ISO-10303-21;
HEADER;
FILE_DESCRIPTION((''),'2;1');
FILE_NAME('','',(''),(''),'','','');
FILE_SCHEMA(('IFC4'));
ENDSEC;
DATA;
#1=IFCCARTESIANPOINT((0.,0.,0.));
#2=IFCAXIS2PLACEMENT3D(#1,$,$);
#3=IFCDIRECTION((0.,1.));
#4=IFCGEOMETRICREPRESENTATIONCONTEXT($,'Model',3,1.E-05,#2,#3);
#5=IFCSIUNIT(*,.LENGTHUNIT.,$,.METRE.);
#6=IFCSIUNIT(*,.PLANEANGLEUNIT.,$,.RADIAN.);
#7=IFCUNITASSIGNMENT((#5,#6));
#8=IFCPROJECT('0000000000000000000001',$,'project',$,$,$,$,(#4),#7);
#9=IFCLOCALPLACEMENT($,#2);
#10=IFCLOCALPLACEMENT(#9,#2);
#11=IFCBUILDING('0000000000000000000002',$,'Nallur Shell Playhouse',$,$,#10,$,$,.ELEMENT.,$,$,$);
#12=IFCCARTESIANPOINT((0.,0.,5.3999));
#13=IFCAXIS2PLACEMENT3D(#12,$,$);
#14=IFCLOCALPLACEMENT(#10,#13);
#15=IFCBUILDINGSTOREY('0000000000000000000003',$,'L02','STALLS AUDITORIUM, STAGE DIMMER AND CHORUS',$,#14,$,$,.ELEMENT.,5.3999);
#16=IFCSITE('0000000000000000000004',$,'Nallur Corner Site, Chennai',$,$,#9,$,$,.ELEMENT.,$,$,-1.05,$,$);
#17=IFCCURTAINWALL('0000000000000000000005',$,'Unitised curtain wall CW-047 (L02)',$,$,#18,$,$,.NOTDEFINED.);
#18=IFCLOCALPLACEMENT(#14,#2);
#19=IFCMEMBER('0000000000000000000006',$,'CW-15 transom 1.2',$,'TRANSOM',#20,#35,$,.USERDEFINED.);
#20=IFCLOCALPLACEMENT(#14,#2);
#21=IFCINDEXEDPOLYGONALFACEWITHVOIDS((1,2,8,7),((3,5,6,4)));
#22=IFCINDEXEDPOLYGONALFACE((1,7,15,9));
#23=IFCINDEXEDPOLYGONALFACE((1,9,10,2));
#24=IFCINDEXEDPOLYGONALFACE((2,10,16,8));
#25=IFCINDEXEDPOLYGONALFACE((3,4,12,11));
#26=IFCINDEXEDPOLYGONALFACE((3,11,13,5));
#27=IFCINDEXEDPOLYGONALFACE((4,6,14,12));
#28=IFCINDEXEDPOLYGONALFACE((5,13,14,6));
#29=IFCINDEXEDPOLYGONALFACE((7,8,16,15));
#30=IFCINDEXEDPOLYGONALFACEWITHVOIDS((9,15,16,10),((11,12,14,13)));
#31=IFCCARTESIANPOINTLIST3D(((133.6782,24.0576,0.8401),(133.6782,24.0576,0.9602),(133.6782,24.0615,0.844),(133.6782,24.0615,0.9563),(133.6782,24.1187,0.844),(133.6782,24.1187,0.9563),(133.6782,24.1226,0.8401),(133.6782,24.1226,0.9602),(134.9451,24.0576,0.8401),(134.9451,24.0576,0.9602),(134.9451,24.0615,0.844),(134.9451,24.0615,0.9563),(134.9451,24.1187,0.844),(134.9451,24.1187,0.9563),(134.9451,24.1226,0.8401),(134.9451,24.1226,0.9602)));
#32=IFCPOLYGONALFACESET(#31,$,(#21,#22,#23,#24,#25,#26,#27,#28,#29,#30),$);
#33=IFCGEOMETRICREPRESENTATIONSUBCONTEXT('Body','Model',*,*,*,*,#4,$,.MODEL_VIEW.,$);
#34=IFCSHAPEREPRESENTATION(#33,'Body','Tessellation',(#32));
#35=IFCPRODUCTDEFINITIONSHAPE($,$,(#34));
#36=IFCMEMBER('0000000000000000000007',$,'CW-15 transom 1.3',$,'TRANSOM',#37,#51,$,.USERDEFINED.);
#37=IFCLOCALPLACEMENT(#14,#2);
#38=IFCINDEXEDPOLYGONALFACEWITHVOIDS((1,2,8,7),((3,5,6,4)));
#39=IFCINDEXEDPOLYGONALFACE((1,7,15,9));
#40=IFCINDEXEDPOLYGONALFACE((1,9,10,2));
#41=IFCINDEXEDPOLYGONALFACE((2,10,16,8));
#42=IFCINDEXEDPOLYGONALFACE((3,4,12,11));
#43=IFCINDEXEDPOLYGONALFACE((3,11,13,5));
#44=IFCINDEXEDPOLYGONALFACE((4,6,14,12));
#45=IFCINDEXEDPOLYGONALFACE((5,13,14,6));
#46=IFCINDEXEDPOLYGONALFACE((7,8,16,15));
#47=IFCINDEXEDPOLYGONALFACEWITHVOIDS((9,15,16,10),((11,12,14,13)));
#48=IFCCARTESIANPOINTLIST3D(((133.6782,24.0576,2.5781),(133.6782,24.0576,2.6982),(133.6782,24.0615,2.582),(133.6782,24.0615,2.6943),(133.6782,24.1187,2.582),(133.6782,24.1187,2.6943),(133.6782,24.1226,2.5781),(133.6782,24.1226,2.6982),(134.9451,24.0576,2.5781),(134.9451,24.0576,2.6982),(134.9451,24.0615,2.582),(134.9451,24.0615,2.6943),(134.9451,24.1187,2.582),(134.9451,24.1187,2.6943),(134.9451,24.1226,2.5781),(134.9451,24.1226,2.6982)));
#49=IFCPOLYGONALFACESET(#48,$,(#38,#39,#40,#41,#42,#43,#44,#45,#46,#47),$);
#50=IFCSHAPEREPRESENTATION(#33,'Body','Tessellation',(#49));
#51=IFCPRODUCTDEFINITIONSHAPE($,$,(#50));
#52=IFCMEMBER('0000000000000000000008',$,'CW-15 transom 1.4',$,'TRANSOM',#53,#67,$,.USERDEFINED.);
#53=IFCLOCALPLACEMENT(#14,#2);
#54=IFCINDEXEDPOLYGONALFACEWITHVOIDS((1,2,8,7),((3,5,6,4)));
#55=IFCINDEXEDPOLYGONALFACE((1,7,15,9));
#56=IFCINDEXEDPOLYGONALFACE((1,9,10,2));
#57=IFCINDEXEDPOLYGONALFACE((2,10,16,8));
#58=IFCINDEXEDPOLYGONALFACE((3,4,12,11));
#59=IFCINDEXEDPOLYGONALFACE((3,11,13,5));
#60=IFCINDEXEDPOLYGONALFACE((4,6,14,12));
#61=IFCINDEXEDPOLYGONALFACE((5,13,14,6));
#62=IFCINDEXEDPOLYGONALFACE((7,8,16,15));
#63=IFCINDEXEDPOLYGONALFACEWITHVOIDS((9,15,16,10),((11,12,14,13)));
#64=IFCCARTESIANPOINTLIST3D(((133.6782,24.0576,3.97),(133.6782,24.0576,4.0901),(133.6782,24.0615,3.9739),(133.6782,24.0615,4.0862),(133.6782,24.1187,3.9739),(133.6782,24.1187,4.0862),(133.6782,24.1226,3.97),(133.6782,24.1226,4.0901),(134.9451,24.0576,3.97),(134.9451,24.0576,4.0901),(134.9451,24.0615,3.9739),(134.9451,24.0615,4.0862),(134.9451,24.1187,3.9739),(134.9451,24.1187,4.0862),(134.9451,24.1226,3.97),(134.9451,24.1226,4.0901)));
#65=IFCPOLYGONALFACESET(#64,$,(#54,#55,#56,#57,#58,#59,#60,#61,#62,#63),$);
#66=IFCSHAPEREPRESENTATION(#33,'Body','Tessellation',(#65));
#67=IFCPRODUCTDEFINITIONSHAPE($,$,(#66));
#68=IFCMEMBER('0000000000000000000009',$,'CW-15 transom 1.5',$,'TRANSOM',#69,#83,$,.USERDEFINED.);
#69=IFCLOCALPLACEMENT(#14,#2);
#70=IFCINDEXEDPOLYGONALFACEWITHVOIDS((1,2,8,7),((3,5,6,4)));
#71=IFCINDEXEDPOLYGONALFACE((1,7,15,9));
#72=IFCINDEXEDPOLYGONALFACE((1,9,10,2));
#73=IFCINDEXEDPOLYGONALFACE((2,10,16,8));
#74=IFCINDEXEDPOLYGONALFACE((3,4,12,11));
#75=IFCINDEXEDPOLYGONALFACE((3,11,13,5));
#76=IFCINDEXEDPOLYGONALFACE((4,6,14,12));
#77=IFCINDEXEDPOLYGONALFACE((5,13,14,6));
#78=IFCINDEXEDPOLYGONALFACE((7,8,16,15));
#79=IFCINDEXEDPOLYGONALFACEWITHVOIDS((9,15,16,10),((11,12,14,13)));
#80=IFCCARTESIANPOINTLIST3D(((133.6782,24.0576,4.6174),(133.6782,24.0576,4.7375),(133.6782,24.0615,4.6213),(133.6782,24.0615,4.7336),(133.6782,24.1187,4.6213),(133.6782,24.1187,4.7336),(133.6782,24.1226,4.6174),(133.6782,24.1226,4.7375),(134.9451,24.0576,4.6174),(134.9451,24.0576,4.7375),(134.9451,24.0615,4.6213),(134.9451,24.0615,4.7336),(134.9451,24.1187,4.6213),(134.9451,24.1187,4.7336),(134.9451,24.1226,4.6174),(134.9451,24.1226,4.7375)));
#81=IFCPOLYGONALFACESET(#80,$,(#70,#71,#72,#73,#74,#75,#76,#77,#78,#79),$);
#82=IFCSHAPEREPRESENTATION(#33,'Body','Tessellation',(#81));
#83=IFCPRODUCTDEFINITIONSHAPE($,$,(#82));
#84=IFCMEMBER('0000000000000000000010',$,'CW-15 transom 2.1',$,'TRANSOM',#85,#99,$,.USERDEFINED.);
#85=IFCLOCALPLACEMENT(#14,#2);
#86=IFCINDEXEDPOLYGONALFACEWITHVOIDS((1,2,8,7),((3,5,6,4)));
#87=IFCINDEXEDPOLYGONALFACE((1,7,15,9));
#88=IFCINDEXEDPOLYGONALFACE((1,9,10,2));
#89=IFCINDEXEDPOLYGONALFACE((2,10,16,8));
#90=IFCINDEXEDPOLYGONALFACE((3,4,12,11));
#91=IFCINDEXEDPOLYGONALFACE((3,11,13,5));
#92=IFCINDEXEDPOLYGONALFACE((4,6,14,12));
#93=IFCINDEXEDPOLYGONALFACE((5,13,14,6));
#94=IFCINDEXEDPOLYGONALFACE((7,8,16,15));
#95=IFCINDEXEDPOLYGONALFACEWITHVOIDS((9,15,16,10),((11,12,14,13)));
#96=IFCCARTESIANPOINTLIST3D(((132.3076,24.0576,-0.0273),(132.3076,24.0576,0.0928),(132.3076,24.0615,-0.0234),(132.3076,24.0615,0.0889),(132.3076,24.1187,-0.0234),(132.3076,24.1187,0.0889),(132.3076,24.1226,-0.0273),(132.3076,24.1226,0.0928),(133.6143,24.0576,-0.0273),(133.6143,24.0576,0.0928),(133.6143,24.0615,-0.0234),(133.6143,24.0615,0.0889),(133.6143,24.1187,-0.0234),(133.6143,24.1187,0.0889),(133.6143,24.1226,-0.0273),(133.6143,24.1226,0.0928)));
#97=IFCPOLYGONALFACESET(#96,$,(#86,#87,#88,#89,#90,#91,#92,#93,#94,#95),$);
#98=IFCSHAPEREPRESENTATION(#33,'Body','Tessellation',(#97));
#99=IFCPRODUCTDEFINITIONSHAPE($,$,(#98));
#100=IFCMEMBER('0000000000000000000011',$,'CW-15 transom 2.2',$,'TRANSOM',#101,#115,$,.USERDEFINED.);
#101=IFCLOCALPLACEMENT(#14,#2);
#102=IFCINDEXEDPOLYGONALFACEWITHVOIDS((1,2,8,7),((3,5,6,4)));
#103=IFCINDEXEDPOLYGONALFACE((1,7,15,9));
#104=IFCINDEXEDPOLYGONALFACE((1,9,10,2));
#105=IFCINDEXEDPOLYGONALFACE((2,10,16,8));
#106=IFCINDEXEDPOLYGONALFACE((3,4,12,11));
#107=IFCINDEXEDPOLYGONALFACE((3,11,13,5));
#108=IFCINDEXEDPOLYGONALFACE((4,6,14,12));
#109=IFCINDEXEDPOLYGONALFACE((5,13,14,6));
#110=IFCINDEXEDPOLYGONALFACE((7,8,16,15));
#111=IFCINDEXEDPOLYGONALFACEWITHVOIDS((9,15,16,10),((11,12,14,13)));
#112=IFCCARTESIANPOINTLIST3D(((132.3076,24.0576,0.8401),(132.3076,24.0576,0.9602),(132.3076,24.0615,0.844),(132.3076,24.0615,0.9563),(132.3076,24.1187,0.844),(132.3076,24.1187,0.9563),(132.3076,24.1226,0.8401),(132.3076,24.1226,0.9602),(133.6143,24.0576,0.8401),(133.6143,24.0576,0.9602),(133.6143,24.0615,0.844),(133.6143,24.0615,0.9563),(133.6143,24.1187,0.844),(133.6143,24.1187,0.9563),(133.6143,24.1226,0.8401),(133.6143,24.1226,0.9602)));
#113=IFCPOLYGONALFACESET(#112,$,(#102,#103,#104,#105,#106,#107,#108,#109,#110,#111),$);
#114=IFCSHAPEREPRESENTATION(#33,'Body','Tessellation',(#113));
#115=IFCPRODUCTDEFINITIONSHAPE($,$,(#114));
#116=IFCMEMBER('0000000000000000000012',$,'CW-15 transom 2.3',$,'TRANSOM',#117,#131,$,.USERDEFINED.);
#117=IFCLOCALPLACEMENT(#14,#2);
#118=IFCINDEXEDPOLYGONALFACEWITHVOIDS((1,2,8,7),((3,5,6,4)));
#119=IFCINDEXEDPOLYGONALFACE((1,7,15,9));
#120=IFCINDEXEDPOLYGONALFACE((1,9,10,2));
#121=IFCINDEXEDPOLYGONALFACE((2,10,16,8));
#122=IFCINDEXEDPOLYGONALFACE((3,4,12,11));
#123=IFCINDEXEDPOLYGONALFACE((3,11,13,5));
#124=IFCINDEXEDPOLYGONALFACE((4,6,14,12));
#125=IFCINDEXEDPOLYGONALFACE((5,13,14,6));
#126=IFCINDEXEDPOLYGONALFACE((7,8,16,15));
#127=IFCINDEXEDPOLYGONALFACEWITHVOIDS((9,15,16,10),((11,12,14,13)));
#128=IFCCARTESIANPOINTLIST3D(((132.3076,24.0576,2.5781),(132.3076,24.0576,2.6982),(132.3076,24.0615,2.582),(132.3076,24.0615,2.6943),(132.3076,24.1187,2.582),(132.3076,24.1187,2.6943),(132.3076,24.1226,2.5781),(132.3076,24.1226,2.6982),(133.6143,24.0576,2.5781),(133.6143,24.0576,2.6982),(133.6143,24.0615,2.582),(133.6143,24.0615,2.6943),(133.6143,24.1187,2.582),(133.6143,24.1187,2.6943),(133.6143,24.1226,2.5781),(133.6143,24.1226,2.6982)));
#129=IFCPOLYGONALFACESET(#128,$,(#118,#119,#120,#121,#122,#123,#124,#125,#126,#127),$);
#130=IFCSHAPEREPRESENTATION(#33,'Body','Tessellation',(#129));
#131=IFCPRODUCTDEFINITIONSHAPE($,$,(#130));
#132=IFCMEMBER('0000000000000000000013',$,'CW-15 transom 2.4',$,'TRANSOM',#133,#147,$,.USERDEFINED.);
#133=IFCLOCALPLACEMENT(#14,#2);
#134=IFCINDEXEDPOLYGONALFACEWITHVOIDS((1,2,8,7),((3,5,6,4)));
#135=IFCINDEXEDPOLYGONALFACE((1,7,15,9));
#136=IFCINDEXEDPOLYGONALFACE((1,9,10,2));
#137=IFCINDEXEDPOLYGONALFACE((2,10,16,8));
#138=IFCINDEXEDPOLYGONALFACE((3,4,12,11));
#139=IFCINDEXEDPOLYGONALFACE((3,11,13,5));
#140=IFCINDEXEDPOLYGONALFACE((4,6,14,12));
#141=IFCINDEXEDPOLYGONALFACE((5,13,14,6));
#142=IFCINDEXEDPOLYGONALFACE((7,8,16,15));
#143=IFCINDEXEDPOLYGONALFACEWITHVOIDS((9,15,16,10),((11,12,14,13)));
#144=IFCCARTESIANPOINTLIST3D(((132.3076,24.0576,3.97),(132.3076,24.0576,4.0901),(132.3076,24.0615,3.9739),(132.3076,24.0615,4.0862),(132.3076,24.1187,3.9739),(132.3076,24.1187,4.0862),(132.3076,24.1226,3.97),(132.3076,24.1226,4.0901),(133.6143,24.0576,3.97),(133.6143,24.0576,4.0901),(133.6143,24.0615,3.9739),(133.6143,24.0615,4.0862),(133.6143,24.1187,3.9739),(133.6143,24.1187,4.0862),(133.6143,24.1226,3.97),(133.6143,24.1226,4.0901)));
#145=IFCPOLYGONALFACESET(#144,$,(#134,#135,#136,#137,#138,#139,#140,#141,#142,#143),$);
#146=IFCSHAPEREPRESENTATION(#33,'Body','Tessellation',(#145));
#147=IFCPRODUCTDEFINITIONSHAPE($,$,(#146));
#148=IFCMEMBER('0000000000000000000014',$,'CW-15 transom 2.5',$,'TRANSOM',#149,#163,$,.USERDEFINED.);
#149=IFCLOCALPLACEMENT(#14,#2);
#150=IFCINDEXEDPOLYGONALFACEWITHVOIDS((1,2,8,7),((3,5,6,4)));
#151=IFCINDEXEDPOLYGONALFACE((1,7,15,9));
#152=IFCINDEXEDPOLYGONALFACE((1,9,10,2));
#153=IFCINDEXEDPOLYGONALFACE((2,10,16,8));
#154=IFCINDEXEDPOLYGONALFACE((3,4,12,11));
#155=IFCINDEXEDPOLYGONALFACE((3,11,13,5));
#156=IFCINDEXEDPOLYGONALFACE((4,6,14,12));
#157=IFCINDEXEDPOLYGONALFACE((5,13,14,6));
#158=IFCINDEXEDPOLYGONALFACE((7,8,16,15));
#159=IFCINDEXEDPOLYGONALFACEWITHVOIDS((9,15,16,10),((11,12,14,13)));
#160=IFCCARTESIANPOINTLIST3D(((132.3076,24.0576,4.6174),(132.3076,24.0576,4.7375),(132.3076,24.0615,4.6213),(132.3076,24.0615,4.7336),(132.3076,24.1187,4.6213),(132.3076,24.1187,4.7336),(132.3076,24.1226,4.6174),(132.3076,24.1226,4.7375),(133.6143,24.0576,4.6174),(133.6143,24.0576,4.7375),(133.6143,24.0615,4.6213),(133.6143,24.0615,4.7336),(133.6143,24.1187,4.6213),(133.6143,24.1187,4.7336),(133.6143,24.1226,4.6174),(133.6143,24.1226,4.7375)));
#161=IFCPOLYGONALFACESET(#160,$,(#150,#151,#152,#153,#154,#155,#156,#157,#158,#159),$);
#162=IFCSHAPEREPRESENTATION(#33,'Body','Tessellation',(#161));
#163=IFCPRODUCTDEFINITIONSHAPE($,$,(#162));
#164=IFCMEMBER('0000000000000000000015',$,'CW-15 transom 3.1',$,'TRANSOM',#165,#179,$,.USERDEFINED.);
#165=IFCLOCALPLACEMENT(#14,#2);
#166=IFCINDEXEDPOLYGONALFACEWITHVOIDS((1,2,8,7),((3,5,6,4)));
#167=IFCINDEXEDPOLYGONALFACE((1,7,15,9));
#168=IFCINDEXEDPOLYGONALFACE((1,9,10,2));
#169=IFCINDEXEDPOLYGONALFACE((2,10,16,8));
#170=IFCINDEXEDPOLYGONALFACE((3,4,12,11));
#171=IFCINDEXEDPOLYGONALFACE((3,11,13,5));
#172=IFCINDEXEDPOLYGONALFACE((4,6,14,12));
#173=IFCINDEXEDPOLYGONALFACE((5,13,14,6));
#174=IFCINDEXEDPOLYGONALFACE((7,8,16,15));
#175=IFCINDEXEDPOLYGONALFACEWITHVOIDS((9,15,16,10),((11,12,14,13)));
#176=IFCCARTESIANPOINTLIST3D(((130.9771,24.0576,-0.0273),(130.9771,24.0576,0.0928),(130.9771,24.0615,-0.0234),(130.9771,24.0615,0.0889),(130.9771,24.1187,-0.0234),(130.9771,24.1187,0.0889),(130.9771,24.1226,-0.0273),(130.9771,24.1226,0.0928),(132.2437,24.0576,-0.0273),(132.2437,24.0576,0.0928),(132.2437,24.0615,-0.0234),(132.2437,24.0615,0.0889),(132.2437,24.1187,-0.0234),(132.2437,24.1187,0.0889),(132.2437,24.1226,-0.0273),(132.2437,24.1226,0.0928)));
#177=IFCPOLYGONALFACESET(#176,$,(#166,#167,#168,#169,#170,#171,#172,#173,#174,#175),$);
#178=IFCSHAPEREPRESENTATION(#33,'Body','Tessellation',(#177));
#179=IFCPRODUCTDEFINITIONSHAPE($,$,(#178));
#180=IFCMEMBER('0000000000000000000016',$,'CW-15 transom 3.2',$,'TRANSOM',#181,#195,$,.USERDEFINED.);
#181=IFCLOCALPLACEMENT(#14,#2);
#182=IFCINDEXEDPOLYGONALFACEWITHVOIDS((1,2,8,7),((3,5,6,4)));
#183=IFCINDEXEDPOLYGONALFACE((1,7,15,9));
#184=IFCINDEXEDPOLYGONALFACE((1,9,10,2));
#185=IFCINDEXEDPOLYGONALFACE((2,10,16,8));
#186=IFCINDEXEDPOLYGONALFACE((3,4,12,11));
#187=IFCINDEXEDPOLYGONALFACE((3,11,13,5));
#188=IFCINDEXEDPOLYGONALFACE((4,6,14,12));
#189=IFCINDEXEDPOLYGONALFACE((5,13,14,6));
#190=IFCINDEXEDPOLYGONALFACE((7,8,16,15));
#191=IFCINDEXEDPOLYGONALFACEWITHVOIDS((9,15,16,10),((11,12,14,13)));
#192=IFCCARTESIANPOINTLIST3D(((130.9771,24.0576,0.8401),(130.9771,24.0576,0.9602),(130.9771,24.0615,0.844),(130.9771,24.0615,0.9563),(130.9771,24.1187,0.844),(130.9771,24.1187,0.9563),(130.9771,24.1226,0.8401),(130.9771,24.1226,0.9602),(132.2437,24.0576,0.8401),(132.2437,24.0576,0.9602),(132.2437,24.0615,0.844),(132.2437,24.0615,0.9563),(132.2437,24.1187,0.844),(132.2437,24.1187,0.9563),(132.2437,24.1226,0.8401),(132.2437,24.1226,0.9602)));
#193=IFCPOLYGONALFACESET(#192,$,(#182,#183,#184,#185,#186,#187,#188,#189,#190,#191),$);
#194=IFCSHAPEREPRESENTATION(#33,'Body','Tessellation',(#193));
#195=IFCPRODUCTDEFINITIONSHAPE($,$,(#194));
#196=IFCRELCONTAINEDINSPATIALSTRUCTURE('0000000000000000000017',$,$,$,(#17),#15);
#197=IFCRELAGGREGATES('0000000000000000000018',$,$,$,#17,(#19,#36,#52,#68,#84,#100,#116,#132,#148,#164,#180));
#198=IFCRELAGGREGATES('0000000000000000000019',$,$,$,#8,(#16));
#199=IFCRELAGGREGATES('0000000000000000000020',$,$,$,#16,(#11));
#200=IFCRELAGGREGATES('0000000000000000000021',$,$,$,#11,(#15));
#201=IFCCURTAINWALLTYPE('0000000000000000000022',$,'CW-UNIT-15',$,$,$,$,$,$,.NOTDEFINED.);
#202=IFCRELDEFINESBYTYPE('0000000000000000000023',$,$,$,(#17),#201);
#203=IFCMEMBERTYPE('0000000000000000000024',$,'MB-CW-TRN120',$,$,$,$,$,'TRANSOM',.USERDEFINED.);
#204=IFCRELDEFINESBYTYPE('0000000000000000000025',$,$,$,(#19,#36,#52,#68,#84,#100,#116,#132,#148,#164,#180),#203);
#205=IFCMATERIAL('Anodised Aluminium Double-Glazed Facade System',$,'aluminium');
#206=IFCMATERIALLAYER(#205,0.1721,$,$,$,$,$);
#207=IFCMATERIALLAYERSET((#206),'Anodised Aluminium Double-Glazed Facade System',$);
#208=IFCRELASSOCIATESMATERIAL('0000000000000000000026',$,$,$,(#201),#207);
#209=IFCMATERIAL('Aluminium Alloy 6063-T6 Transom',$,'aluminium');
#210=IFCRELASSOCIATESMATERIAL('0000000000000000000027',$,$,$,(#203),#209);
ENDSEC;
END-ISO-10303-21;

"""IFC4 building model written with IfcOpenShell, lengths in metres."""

from ifc_helpers import new_model, si_unit, direction, frame, origin, origin_2d, place, context, subcontext, project, spatial, hollow_rectangle, extrude, material, layer, layer_set, material_profile, profile_set, type_object, element, aggregate, save


model = new_model("IFC4")

# Units and contexts
model_context = context("Model", 3, precision=1e-05, world=origin(), true_north=direction((0.0, 1.0)))
body_context = subcontext(model_context, "Body", "Model", "MODEL_VIEW")
ifc_project = project(units=[si_unit("LENGTHUNIT", "METRE"), si_unit("PLANEANGLEUNIT", "RADIAN")], contexts=[model_context])

# Site, building, storey
site_placement = place(None, origin())
site = spatial("IfcSite", under=ifc_project, at=site_placement, Name="Nallur Corner Site, Chennai", CompositionType="ELEMENT", RefElevation=-1.05)
building_placement = place(site_placement, origin())
building = spatial("IfcBuilding", under=site, at=building_placement, Name="Nallur Shell Playhouse", CompositionType="ELEMENT")
storey_placement = place(building_placement, frame((0.0, 0.0, 5.3999)))
storey = spatial("IfcBuildingStorey", under=building, at=storey_placement, Name="L02", Description="STALLS AUDITORIUM, STAGE DIMMER AND CHORUS", CompositionType="ELEMENT", Elevation=5.3999)

# Curtain wall
ifc_material_1 = material(Name="Anodised Aluminium Double-Glazed Facade System", Category="aluminium")
ifc_layer_1 = layer(ifc_material_1, 0.1721)
ifc_layer_set_1 = layer_set([ifc_layer_1], Name="Anodised Aluminium Double-Glazed Facade System")
curtain_wall_type_1 = type_object("IfcCurtainWallType", Name="CW-UNIT-15", PredefinedType="NOTDEFINED", material=ifc_layer_set_1)
curtain_wall_1_placement = place(storey_placement, origin())
curtain_wall_1 = element("IfcCurtainWall", 1, at=curtain_wall_1_placement, inside=storey, type_object=curtain_wall_type_1, Name="Unitised curtain wall CW-047 (L02)", PredefinedType="NOTDEFINED")

# Members
ifc_material_2 = material(Name="Aluminium Alloy 6063-T6 Transom", Category="aluminium")
ifc_material_profile_1 = material_profile(ifc_material_2, hollow_rectangle(XDim=0.0649, YDim=0.1201, WallThickness=0.0039, at=origin_2d()), Name="ALU 65x120x4")
ifc_profile_set_1 = profile_set([ifc_material_profile_1], Name="Aluminium Alloy 6063-T6 Transom")
member_type_1 = type_object("IfcMemberType", Name="MB-CW-TRN120", ElementType="TRANSOM", PredefinedType="USERDEFINED", material=ifc_profile_set_1)
member_1_placement = place(storey_placement, frame((134.9451, 24.0901, 0.9001), z_axis=(-1.0, 0.0, 0.0), x_axis=(0.0, -1.0, 0.0)))
member_1 = element("IfcMember", 2, at=member_1_placement, type_object=member_type_1, Name="CW-15 transom 1.2", ObjectType="TRANSOM", PredefinedType="USERDEFINED", context=body_context, shape_type="SweptSolid", body=[
    extrude(hollow_rectangle(XDim=0.0649, YDim=0.1201, WallThickness=0.0039, at=origin_2d()), origin(), (0.0, 0.0, 1.0), 1.2668),
])
member_2_placement = place(storey_placement, frame((134.9451, 24.0901, 2.6382), z_axis=(-1.0, 0.0, 0.0), x_axis=(0.0, -1.0, 0.0)))
member_2 = element("IfcMember", 3, at=member_2_placement, type_object=member_type_1, Name="CW-15 transom 1.3", ObjectType="TRANSOM", PredefinedType="USERDEFINED", context=body_context, shape_type="SweptSolid", body=[
    extrude(hollow_rectangle(XDim=0.0649, YDim=0.1201, WallThickness=0.0039, at=origin_2d()), origin(), (0.0, 0.0, 1.0), 1.2668),
])
member_3_placement = place(storey_placement, frame((134.9451, 24.0901, 4.03), z_axis=(-1.0, 0.0, 0.0), x_axis=(0.0, -1.0, 0.0)))
member_3 = element("IfcMember", 4, at=member_3_placement, type_object=member_type_1, Name="CW-15 transom 1.4", ObjectType="TRANSOM", PredefinedType="USERDEFINED", context=body_context, shape_type="SweptSolid", body=[
    extrude(hollow_rectangle(XDim=0.0649, YDim=0.1201, WallThickness=0.0039, at=origin_2d()), origin(), (0.0, 0.0, 1.0), 1.2668),
])
member_4_placement = place(storey_placement, frame((134.9451, 24.0901, 4.6775), z_axis=(-1.0, 0.0, 0.0), x_axis=(0.0, -1.0, 0.0)))
member_4 = element("IfcMember", 5, at=member_4_placement, type_object=member_type_1, Name="CW-15 transom 1.5", ObjectType="TRANSOM", PredefinedType="USERDEFINED", context=body_context, shape_type="SweptSolid", body=[
    extrude(hollow_rectangle(XDim=0.0649, YDim=0.1201, WallThickness=0.0039, at=origin_2d()), origin(), (0.0, 0.0, 1.0), 1.2668),
])
member_5_placement = place(storey_placement, frame((133.6143, 24.0901, 0.0327), z_axis=(-1.0, 0.0, 0.0), x_axis=(0.0, -1.0, 0.0)))
member_5 = element("IfcMember", 6, at=member_5_placement, type_object=member_type_1, Name="CW-15 transom 2.1", ObjectType="TRANSOM", PredefinedType="USERDEFINED", context=body_context, shape_type="SweptSolid", body=[
    extrude(hollow_rectangle(XDim=0.0649, YDim=0.1201, WallThickness=0.0039, at=origin_2d()), origin(), (0.0, 0.0, 1.0), 1.3066),
])
member_6_placement = place(storey_placement, frame((133.6143, 24.0901, 0.9001), z_axis=(-1.0, 0.0, 0.0), x_axis=(0.0, -1.0, 0.0)))
member_6 = element("IfcMember", 7, at=member_6_placement, type_object=member_type_1, Name="CW-15 transom 2.2", ObjectType="TRANSOM", PredefinedType="USERDEFINED", context=body_context, shape_type="SweptSolid", body=[
    extrude(hollow_rectangle(XDim=0.0649, YDim=0.1201, WallThickness=0.0039, at=origin_2d()), origin(), (0.0, 0.0, 1.0), 1.3066),
])
member_7_placement = place(storey_placement, frame((133.6143, 24.0901, 2.6382), z_axis=(-1.0, 0.0, 0.0), x_axis=(0.0, -1.0, 0.0)))
member_7 = element("IfcMember", 8, at=member_7_placement, type_object=member_type_1, Name="CW-15 transom 2.3", ObjectType="TRANSOM", PredefinedType="USERDEFINED", context=body_context, shape_type="SweptSolid", body=[
    extrude(hollow_rectangle(XDim=0.0649, YDim=0.1201, WallThickness=0.0039, at=origin_2d()), origin(), (0.0, 0.0, 1.0), 1.3066),
])
member_8_placement = place(storey_placement, frame((133.6143, 24.0901, 4.03), z_axis=(-1.0, 0.0, 0.0), x_axis=(0.0, -1.0, 0.0)))
member_8 = element("IfcMember", 9, at=member_8_placement, type_object=member_type_1, Name="CW-15 transom 2.4", ObjectType="TRANSOM", PredefinedType="USERDEFINED", context=body_context, shape_type="SweptSolid", body=[
    extrude(hollow_rectangle(XDim=0.0649, YDim=0.1201, WallThickness=0.0039, at=origin_2d()), origin(), (0.0, 0.0, 1.0), 1.3066),
])
member_9_placement = place(storey_placement, frame((133.6143, 24.0901, 4.6775), z_axis=(-1.0, 0.0, 0.0), x_axis=(0.0, -1.0, 0.0)))
member_9 = element("IfcMember", 10, at=member_9_placement, type_object=member_type_1, Name="CW-15 transom 2.5", ObjectType="TRANSOM", PredefinedType="USERDEFINED", context=body_context, shape_type="SweptSolid", body=[
    extrude(hollow_rectangle(XDim=0.0649, YDim=0.1201, WallThickness=0.0039, at=origin_2d()), origin(), (0.0, 0.0, 1.0), 1.3066),
])
member_10_placement = place(storey_placement, frame((132.2437, 24.0901, 0.0327), z_axis=(-1.0, 0.0, 0.0), x_axis=(0.0, -1.0, 0.0)))
member_10 = element("IfcMember", 11, at=member_10_placement, type_object=member_type_1, Name="CW-15 transom 3.1", ObjectType="TRANSOM", PredefinedType="USERDEFINED", context=body_context, shape_type="SweptSolid", body=[
    extrude(hollow_rectangle(XDim=0.0649, YDim=0.1201, WallThickness=0.0039, at=origin_2d()), origin(), (0.0, 0.0, 1.0), 1.2666),
])
member_11_placement = place(storey_placement, frame((132.2437, 24.0901, 0.9001), z_axis=(-1.0, 0.0, 0.0), x_axis=(0.0, -1.0, 0.0)))
member_11 = element("IfcMember", 12, at=member_11_placement, type_object=member_type_1, Name="CW-15 transom 3.2", ObjectType="TRANSOM", PredefinedType="USERDEFINED", context=body_context, shape_type="SweptSolid", body=[
    extrude(hollow_rectangle(XDim=0.0649, YDim=0.1201, WallThickness=0.0039, at=origin_2d()), origin(), (0.0, 0.0, 1.0), 1.2666),
])

aggregate(curtain_wall_1, [member_1, member_2, member_3, member_4, member_5, member_6, member_7, member_8, member_9, member_10, member_11])

save(model, "model.ifc")
